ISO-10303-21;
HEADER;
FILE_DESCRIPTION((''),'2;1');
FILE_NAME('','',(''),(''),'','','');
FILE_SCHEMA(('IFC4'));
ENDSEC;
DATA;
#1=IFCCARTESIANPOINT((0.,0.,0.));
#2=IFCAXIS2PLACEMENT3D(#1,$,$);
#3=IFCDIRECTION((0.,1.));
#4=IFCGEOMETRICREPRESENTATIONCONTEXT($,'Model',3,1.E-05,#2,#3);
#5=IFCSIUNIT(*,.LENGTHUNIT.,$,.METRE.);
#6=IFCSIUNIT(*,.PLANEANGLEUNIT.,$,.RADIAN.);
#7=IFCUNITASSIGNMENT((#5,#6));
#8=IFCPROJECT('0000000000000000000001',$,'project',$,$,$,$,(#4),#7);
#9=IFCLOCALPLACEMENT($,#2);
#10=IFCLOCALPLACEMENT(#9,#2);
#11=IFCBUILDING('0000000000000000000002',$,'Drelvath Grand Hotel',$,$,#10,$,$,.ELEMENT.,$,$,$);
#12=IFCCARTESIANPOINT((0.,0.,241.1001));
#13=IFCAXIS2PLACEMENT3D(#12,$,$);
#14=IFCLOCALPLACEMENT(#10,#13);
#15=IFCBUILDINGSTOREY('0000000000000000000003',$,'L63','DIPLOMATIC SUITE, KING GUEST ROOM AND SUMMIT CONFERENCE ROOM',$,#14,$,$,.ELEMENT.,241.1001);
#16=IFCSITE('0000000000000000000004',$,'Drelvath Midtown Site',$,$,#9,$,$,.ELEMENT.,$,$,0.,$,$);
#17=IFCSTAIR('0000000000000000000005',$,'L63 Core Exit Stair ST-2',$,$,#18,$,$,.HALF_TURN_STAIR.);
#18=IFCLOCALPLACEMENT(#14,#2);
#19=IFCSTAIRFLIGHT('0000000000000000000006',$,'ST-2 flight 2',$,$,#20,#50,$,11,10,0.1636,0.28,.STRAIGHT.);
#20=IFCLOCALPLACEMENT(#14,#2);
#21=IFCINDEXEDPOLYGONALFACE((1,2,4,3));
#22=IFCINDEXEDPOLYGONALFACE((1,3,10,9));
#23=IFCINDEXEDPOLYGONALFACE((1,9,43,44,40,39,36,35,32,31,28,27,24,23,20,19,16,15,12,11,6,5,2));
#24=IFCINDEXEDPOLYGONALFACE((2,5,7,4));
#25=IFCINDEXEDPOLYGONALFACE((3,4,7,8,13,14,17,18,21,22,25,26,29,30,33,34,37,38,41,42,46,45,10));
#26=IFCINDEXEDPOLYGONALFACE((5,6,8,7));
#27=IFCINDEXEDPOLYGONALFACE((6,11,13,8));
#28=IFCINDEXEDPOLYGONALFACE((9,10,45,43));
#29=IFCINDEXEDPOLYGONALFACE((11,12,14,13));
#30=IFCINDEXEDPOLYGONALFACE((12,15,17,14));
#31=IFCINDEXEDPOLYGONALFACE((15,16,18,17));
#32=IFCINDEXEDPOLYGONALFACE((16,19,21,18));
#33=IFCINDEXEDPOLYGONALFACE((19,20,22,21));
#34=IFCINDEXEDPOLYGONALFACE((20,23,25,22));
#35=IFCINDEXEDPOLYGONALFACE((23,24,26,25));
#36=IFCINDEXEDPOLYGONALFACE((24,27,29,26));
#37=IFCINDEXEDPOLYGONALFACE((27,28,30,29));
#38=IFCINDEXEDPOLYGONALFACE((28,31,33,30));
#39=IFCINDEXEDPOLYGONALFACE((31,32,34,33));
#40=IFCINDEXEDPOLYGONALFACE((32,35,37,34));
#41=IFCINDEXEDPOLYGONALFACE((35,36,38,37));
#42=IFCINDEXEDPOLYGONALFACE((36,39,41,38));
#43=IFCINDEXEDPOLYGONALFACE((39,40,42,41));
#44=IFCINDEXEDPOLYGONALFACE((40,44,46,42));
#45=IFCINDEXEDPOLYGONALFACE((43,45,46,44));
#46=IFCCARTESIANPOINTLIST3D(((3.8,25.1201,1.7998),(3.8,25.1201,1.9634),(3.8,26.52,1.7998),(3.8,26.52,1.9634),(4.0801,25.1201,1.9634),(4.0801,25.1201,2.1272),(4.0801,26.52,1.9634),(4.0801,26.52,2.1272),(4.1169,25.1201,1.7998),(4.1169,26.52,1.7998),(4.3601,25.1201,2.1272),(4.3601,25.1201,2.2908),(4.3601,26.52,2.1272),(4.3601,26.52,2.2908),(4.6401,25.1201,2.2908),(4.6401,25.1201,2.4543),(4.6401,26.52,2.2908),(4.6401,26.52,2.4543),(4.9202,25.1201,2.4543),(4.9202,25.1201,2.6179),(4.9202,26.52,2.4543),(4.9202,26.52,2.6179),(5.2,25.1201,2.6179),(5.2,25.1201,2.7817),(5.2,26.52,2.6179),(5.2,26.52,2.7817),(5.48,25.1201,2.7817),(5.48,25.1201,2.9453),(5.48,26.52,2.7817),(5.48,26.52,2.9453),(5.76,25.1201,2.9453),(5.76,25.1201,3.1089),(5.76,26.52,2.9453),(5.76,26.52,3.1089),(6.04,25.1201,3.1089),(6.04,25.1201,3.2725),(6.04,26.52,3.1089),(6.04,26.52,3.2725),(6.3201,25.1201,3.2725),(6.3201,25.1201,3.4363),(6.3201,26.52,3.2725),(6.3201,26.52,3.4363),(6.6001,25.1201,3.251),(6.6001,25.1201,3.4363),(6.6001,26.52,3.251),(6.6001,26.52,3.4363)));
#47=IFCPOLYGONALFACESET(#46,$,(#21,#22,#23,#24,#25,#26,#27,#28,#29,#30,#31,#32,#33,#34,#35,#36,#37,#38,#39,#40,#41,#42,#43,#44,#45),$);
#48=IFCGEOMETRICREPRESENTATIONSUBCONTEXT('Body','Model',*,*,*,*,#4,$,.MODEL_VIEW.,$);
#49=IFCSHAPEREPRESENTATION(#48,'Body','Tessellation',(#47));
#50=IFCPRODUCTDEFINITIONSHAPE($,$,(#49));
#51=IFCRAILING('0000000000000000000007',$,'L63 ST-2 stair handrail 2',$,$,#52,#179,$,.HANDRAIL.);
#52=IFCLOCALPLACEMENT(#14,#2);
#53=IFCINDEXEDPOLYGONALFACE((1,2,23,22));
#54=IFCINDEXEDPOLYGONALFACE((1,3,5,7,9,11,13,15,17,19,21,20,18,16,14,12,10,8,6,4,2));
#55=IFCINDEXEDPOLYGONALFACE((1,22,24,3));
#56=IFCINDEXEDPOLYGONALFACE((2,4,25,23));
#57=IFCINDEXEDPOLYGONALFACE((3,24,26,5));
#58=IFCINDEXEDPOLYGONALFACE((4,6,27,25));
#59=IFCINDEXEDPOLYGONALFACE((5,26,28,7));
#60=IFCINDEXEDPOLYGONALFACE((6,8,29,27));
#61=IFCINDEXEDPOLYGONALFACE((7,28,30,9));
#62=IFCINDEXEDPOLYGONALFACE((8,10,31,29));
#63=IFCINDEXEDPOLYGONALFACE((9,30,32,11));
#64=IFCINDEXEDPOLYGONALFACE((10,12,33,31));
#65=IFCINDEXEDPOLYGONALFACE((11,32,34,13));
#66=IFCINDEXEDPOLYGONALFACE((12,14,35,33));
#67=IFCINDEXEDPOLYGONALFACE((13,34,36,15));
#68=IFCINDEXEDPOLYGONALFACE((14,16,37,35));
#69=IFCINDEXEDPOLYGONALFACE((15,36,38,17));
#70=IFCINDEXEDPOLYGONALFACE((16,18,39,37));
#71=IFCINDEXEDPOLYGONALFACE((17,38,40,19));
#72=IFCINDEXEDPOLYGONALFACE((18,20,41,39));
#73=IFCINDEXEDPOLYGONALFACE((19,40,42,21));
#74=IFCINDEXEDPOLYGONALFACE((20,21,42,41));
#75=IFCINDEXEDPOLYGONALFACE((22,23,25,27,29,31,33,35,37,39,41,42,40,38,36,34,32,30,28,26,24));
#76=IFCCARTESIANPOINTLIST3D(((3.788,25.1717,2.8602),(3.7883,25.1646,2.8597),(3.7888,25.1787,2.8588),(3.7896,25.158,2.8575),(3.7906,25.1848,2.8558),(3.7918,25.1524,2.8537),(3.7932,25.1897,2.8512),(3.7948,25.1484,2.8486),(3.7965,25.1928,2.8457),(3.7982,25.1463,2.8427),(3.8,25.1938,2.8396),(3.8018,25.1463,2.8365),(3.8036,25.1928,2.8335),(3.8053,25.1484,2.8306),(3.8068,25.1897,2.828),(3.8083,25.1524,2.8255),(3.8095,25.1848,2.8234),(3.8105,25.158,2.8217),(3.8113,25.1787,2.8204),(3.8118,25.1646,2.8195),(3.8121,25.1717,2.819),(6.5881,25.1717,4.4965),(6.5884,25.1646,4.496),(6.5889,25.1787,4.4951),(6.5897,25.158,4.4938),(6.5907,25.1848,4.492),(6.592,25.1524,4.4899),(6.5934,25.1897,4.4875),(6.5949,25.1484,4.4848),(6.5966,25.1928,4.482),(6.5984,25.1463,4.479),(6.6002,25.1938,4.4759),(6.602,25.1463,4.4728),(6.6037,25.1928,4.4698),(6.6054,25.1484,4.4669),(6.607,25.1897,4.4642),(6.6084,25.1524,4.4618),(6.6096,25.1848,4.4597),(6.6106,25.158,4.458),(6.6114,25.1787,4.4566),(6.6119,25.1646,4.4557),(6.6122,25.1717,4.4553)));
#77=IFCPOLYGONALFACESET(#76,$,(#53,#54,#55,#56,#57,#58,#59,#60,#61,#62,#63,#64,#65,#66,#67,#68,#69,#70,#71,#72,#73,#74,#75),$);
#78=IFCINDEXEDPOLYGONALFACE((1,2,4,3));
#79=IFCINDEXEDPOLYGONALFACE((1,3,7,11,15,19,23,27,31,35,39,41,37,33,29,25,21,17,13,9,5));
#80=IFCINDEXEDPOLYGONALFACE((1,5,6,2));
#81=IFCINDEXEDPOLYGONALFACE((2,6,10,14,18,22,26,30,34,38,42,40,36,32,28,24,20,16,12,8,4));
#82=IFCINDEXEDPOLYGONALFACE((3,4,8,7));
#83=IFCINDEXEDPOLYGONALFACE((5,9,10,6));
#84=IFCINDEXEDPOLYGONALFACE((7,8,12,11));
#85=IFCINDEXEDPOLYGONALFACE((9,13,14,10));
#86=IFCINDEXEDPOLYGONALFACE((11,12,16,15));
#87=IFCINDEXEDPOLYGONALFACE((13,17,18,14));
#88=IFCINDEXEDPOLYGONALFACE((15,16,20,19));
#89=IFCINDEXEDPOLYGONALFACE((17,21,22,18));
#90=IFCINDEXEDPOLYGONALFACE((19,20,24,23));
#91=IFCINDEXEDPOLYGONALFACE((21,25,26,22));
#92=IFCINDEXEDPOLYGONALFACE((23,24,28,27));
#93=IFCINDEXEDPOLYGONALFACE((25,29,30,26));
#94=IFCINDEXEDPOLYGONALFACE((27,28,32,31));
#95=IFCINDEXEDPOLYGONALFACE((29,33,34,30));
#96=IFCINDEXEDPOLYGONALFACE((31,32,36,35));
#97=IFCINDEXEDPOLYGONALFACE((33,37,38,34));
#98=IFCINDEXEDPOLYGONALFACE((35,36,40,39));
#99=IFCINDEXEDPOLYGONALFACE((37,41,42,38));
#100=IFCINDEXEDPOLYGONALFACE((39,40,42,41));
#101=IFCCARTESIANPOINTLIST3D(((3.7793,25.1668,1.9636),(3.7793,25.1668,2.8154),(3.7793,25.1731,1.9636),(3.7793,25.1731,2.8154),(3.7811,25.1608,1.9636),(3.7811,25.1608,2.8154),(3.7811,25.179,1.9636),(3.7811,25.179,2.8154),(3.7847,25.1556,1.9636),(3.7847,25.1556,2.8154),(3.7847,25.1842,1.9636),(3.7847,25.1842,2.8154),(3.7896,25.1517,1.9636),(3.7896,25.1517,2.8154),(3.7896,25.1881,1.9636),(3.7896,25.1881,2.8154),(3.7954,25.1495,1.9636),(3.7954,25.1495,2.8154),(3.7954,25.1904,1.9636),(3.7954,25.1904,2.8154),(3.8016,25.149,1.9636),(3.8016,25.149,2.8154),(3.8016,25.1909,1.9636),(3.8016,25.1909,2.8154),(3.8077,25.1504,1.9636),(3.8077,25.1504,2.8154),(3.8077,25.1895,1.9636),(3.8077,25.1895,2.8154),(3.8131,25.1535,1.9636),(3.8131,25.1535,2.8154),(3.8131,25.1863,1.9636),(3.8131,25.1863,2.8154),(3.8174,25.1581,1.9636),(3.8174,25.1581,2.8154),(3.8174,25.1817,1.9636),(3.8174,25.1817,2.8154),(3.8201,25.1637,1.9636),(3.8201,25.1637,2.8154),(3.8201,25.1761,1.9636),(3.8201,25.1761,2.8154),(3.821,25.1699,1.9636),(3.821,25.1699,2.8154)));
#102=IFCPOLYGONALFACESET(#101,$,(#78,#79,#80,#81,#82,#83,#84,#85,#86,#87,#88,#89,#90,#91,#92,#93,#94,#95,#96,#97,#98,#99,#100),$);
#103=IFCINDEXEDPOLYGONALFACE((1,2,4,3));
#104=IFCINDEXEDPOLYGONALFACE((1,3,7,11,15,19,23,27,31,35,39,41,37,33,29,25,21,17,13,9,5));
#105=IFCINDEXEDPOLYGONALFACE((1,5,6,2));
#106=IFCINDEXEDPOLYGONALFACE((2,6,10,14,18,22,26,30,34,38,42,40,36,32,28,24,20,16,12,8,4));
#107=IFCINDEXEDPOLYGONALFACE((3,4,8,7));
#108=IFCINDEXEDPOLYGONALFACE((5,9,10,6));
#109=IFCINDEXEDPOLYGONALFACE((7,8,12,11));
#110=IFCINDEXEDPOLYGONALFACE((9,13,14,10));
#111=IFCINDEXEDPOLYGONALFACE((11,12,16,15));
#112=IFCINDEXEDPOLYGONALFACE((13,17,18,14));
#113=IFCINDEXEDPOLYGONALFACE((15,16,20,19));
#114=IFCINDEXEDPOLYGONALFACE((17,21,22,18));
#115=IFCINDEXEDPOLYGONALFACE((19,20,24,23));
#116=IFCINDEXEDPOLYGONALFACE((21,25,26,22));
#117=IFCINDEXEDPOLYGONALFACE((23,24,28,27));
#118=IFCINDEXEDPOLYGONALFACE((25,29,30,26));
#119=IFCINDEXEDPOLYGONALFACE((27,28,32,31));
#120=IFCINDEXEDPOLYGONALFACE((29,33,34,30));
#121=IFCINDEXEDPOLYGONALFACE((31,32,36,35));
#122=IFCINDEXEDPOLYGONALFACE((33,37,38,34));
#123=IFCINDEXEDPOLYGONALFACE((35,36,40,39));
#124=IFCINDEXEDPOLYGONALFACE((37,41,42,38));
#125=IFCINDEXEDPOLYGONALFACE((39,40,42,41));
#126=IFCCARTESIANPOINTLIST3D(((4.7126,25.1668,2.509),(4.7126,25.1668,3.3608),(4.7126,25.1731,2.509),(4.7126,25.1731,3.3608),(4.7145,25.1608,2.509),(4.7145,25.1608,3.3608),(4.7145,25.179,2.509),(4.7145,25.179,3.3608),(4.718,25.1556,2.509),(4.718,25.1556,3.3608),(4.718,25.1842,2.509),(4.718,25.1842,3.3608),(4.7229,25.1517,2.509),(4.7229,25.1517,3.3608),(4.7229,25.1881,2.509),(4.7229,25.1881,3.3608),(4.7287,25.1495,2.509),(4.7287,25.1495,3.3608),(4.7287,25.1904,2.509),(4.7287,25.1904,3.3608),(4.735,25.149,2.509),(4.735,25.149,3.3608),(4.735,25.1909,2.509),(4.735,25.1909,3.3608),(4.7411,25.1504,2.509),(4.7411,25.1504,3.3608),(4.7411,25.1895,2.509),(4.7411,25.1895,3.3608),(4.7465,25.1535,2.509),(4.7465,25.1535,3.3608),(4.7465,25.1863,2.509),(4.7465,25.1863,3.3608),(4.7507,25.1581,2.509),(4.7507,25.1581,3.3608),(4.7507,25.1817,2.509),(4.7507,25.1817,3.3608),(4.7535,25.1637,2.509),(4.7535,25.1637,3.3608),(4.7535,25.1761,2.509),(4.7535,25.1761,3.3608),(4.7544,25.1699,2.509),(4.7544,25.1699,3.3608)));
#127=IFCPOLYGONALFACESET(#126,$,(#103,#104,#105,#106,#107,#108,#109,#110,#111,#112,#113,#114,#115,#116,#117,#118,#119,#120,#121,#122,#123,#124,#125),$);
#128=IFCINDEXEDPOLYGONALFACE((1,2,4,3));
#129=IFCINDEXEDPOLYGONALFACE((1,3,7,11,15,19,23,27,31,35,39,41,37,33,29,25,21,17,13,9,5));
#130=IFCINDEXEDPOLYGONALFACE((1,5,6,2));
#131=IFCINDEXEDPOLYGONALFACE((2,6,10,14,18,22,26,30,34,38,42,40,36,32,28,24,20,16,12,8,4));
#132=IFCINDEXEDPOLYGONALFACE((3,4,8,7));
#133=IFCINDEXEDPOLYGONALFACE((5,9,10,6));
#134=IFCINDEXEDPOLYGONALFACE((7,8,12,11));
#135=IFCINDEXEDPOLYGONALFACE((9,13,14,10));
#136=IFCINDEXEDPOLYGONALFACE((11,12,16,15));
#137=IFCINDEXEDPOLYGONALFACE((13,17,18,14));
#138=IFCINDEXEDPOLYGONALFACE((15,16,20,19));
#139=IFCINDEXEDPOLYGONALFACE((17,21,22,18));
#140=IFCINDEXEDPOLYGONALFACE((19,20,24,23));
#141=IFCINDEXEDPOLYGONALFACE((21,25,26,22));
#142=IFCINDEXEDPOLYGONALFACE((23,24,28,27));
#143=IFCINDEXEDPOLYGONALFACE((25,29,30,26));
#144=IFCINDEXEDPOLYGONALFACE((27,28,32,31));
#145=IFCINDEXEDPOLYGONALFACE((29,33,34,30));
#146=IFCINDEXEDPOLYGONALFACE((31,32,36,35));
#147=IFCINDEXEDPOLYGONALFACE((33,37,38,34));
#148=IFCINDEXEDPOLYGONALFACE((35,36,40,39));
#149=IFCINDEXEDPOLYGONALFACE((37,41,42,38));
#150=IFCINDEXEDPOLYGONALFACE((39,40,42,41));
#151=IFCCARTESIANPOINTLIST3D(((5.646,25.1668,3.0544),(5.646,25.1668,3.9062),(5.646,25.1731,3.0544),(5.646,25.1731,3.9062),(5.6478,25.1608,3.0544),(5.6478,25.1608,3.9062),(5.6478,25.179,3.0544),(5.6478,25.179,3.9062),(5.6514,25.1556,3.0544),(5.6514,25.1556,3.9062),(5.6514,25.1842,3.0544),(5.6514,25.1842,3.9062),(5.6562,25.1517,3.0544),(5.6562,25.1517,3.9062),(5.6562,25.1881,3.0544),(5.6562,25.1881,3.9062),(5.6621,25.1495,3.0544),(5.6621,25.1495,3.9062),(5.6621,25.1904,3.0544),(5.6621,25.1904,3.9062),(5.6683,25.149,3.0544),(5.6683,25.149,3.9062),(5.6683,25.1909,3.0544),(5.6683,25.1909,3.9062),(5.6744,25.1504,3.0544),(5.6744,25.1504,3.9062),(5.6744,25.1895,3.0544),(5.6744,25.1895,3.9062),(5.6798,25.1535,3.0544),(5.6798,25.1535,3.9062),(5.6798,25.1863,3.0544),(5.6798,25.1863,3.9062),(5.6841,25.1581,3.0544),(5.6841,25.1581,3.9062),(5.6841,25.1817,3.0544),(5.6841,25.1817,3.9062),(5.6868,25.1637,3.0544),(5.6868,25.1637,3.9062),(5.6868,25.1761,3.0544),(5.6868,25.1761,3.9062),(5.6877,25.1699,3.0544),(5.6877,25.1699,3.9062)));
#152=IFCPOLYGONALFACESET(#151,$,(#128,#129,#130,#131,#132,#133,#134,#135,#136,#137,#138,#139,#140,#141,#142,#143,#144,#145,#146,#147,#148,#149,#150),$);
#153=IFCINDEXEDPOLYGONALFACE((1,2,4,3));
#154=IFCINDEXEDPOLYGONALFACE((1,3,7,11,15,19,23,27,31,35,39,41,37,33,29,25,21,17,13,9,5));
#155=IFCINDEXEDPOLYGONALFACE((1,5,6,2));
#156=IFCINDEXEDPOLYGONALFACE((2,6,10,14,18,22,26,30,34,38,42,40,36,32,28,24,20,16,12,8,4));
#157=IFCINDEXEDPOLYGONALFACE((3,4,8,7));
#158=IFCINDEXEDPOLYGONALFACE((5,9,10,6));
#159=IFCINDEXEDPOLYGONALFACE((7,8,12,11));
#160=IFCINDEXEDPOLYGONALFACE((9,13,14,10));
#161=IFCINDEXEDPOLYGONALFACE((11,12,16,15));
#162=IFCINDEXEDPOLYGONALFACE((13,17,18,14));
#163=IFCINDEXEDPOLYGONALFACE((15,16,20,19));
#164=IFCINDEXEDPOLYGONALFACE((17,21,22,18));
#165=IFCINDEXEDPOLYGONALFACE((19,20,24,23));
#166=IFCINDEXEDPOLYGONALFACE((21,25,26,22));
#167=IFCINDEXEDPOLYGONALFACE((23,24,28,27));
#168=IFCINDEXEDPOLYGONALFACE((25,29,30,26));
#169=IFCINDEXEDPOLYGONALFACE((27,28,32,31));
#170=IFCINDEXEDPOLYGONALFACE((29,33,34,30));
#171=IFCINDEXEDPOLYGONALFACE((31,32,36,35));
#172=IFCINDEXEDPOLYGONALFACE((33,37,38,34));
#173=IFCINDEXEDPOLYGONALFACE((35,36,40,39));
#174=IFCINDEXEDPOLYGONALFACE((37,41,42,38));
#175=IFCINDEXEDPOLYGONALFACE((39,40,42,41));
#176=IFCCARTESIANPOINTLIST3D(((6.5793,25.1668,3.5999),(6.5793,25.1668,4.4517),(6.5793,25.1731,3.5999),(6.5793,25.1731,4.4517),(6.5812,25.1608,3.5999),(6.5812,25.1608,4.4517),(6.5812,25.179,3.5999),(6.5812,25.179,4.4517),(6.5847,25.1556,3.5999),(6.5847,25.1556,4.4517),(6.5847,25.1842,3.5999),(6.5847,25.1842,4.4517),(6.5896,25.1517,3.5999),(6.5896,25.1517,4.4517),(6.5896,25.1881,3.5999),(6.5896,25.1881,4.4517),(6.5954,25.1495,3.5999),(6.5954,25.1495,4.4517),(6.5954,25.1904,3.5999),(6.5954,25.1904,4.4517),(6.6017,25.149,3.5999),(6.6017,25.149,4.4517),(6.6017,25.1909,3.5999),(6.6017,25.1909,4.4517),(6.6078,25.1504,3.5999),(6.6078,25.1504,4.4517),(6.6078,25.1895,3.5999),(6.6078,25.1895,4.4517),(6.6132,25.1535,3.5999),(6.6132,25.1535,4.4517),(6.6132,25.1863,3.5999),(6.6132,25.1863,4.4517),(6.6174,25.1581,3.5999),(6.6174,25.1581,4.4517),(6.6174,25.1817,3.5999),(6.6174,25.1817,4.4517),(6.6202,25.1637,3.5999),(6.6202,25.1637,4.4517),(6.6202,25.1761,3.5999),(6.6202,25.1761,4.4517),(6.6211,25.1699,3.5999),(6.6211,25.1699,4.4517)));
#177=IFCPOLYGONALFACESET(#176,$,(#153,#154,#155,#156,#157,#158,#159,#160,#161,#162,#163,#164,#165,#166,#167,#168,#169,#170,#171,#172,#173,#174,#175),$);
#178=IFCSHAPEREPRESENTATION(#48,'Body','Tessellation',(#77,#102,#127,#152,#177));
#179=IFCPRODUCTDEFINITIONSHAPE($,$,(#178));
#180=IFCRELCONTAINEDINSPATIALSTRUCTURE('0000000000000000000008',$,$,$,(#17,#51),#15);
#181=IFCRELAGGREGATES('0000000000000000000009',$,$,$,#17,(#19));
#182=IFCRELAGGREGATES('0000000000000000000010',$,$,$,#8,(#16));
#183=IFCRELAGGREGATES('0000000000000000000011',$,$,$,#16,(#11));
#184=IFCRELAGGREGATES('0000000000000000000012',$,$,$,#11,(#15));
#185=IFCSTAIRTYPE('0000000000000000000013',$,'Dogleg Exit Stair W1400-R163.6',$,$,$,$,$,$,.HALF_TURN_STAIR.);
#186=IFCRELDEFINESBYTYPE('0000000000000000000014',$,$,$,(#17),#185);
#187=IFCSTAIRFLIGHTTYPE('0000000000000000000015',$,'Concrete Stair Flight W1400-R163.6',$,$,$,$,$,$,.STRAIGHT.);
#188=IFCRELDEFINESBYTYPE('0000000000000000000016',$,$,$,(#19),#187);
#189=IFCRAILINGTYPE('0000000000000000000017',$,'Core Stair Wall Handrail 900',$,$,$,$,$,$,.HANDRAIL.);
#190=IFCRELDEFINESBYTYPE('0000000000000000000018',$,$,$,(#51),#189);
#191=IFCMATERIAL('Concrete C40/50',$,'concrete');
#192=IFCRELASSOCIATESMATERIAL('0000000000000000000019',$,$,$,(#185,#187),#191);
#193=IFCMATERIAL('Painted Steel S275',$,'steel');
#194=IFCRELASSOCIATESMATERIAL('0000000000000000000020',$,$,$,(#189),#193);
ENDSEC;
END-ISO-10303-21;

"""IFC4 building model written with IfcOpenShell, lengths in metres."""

from ifc_helpers import new_model, si_unit, direction, frame, origin, origin_2d, place, context, subcontext, project, spatial, polyline, circle, outline, extrude, material, type_object, element, aggregate, save


model = new_model("IFC4")

# Units and contexts
model_context = context("Model", 3, precision=1e-05, world=origin(), true_north=direction((0.0, 1.0)))
body_context = subcontext(model_context, "Body", "Model", "MODEL_VIEW")
ifc_project = project(units=[si_unit("LENGTHUNIT", "METRE"), si_unit("PLANEANGLEUNIT", "RADIAN")], contexts=[model_context])

# Site, building, storey
site_placement = place(None, origin())
site = spatial("IfcSite", under=ifc_project, at=site_placement, Name="Drelvath Midtown Site", CompositionType="ELEMENT", RefElevation=0.0)
building_placement = place(site_placement, origin())
building = spatial("IfcBuilding", under=site, at=building_placement, Name="Drelvath Grand Hotel", CompositionType="ELEMENT")
storey_placement = place(building_placement, frame((0.0, 0.0, 241.1001)))
storey = spatial("IfcBuildingStorey", under=building, at=storey_placement, Name="L63", Description="DIPLOMATIC SUITE, KING GUEST ROOM AND SUMMIT CONFERENCE ROOM", CompositionType="ELEMENT", Elevation=241.1001)

# Shared definitions
ifc_material_1 = material(Name="Concrete C40/50", Category="concrete")

# Stair, stair flight
stair_type = type_object("IfcStairType", Name="Dogleg Exit Stair W1400-R163.6", PredefinedType="HALF_TURN_STAIR", material=ifc_material_1)
stair_placement = place(storey_placement, origin())
stair = element("IfcStair", 1, at=stair_placement, inside=storey, type_object=stair_type, Name="L63 Core Exit Stair ST-2", PredefinedType="HALF_TURN_STAIR")
stair_flight_type = type_object("IfcStairFlightType", Name="Concrete Stair Flight W1400-R163.6", PredefinedType="STRAIGHT", material=ifc_material_1)
stair_flight_placement = place(storey_placement, frame((3.8, 25.8201, 1.7998), z_axis=(0.0, 0.0, 1.0), x_axis=(1.0, 0.0, 0.0)))
stair_flight = element("IfcStairFlight", 2, at=stair_flight_placement, type_object=stair_flight_type, Name="ST-2 flight 2", NumberOfRisers=11, NumberOfTreads=10, PredefinedType="STRAIGHT", RiserHeight=0.1636, TreadLength=0.28, context=body_context, shape_type="SweptSolid", body=[
    extrude(outline(polyline([(0.0, 0.0), (0.0, 0.1636), (0.28, 0.1636), (0.28, 0.3274), (0.5601, 0.3274), (0.5601, 0.491), (0.8401, 0.491), (0.8401, 0.6545), (1.1201, 0.6545), (1.1201, 0.8181), (1.3999, 0.8181), (1.3999, 0.9819), (1.6799, 0.9819), (1.6799, 1.1455), (1.96, 1.1455), (1.96, 1.3091), (2.24, 1.3091), (2.24, 1.4727), (2.52, 1.4727), (2.52, 1.6365), (2.8, 1.6365), (2.8, 1.8), (2.8, 1.4512), (0.3169, 0.0), (0.0, 0.0)])), frame((0.0, 0.7, 0.0), z_axis=(0.0, -1.0, 0.0), x_axis=(1.0, 0.0, 0.0)), (0.0, 0.0, 1.0), 1.3999),
])
aggregate(stair, [stair_flight])

# Railing
ifc_material_2 = material(Name="Painted Steel S275", Category="steel")
railing_type_1 = type_object("IfcRailingType", Name="Core Stair Wall Handrail 900", PredefinedType="HANDRAIL", material=ifc_material_2)
railing_1_placement = place(storey_placement, frame((3.8, 25.1699, 1.9636)))
element("IfcRailing", 3, at=railing_1_placement, inside=storey, type_object=railing_type_1, Name="L63 ST-2 stair handrail 2", PredefinedType="HANDRAIL", context=body_context, shape_type="SweptSolid", body=[
    extrude(circle(Radius=0.0239, at=origin_2d()), frame((0.0, 0.0, 0.876), z_axis=(0.863394, 0.0, 0.504531), x_axis=(0.0, 1.0, 0.0)), (0.0, 0.0, 1.0), 3.2432),
    extrude(circle(Radius=0.021, at=origin_2d()), origin(), (0.0, 0.0, 1.0), 0.8518),
    extrude(circle(Radius=0.021, at=origin_2d()), frame((0.9333, 0.0, 0.5454)), (0.0, 0.0, 1.0), 0.8518),
    extrude(circle(Radius=0.021, at=origin_2d()), frame((1.8667, 0.0, 1.0908)), (0.0, 0.0, 1.0), 0.8518),
    extrude(circle(Radius=0.021, at=origin_2d()), frame((2.8, 0.0, 1.6362)), (0.0, 0.0, 1.0), 0.8518),
])

save(model, "model.ifc")
